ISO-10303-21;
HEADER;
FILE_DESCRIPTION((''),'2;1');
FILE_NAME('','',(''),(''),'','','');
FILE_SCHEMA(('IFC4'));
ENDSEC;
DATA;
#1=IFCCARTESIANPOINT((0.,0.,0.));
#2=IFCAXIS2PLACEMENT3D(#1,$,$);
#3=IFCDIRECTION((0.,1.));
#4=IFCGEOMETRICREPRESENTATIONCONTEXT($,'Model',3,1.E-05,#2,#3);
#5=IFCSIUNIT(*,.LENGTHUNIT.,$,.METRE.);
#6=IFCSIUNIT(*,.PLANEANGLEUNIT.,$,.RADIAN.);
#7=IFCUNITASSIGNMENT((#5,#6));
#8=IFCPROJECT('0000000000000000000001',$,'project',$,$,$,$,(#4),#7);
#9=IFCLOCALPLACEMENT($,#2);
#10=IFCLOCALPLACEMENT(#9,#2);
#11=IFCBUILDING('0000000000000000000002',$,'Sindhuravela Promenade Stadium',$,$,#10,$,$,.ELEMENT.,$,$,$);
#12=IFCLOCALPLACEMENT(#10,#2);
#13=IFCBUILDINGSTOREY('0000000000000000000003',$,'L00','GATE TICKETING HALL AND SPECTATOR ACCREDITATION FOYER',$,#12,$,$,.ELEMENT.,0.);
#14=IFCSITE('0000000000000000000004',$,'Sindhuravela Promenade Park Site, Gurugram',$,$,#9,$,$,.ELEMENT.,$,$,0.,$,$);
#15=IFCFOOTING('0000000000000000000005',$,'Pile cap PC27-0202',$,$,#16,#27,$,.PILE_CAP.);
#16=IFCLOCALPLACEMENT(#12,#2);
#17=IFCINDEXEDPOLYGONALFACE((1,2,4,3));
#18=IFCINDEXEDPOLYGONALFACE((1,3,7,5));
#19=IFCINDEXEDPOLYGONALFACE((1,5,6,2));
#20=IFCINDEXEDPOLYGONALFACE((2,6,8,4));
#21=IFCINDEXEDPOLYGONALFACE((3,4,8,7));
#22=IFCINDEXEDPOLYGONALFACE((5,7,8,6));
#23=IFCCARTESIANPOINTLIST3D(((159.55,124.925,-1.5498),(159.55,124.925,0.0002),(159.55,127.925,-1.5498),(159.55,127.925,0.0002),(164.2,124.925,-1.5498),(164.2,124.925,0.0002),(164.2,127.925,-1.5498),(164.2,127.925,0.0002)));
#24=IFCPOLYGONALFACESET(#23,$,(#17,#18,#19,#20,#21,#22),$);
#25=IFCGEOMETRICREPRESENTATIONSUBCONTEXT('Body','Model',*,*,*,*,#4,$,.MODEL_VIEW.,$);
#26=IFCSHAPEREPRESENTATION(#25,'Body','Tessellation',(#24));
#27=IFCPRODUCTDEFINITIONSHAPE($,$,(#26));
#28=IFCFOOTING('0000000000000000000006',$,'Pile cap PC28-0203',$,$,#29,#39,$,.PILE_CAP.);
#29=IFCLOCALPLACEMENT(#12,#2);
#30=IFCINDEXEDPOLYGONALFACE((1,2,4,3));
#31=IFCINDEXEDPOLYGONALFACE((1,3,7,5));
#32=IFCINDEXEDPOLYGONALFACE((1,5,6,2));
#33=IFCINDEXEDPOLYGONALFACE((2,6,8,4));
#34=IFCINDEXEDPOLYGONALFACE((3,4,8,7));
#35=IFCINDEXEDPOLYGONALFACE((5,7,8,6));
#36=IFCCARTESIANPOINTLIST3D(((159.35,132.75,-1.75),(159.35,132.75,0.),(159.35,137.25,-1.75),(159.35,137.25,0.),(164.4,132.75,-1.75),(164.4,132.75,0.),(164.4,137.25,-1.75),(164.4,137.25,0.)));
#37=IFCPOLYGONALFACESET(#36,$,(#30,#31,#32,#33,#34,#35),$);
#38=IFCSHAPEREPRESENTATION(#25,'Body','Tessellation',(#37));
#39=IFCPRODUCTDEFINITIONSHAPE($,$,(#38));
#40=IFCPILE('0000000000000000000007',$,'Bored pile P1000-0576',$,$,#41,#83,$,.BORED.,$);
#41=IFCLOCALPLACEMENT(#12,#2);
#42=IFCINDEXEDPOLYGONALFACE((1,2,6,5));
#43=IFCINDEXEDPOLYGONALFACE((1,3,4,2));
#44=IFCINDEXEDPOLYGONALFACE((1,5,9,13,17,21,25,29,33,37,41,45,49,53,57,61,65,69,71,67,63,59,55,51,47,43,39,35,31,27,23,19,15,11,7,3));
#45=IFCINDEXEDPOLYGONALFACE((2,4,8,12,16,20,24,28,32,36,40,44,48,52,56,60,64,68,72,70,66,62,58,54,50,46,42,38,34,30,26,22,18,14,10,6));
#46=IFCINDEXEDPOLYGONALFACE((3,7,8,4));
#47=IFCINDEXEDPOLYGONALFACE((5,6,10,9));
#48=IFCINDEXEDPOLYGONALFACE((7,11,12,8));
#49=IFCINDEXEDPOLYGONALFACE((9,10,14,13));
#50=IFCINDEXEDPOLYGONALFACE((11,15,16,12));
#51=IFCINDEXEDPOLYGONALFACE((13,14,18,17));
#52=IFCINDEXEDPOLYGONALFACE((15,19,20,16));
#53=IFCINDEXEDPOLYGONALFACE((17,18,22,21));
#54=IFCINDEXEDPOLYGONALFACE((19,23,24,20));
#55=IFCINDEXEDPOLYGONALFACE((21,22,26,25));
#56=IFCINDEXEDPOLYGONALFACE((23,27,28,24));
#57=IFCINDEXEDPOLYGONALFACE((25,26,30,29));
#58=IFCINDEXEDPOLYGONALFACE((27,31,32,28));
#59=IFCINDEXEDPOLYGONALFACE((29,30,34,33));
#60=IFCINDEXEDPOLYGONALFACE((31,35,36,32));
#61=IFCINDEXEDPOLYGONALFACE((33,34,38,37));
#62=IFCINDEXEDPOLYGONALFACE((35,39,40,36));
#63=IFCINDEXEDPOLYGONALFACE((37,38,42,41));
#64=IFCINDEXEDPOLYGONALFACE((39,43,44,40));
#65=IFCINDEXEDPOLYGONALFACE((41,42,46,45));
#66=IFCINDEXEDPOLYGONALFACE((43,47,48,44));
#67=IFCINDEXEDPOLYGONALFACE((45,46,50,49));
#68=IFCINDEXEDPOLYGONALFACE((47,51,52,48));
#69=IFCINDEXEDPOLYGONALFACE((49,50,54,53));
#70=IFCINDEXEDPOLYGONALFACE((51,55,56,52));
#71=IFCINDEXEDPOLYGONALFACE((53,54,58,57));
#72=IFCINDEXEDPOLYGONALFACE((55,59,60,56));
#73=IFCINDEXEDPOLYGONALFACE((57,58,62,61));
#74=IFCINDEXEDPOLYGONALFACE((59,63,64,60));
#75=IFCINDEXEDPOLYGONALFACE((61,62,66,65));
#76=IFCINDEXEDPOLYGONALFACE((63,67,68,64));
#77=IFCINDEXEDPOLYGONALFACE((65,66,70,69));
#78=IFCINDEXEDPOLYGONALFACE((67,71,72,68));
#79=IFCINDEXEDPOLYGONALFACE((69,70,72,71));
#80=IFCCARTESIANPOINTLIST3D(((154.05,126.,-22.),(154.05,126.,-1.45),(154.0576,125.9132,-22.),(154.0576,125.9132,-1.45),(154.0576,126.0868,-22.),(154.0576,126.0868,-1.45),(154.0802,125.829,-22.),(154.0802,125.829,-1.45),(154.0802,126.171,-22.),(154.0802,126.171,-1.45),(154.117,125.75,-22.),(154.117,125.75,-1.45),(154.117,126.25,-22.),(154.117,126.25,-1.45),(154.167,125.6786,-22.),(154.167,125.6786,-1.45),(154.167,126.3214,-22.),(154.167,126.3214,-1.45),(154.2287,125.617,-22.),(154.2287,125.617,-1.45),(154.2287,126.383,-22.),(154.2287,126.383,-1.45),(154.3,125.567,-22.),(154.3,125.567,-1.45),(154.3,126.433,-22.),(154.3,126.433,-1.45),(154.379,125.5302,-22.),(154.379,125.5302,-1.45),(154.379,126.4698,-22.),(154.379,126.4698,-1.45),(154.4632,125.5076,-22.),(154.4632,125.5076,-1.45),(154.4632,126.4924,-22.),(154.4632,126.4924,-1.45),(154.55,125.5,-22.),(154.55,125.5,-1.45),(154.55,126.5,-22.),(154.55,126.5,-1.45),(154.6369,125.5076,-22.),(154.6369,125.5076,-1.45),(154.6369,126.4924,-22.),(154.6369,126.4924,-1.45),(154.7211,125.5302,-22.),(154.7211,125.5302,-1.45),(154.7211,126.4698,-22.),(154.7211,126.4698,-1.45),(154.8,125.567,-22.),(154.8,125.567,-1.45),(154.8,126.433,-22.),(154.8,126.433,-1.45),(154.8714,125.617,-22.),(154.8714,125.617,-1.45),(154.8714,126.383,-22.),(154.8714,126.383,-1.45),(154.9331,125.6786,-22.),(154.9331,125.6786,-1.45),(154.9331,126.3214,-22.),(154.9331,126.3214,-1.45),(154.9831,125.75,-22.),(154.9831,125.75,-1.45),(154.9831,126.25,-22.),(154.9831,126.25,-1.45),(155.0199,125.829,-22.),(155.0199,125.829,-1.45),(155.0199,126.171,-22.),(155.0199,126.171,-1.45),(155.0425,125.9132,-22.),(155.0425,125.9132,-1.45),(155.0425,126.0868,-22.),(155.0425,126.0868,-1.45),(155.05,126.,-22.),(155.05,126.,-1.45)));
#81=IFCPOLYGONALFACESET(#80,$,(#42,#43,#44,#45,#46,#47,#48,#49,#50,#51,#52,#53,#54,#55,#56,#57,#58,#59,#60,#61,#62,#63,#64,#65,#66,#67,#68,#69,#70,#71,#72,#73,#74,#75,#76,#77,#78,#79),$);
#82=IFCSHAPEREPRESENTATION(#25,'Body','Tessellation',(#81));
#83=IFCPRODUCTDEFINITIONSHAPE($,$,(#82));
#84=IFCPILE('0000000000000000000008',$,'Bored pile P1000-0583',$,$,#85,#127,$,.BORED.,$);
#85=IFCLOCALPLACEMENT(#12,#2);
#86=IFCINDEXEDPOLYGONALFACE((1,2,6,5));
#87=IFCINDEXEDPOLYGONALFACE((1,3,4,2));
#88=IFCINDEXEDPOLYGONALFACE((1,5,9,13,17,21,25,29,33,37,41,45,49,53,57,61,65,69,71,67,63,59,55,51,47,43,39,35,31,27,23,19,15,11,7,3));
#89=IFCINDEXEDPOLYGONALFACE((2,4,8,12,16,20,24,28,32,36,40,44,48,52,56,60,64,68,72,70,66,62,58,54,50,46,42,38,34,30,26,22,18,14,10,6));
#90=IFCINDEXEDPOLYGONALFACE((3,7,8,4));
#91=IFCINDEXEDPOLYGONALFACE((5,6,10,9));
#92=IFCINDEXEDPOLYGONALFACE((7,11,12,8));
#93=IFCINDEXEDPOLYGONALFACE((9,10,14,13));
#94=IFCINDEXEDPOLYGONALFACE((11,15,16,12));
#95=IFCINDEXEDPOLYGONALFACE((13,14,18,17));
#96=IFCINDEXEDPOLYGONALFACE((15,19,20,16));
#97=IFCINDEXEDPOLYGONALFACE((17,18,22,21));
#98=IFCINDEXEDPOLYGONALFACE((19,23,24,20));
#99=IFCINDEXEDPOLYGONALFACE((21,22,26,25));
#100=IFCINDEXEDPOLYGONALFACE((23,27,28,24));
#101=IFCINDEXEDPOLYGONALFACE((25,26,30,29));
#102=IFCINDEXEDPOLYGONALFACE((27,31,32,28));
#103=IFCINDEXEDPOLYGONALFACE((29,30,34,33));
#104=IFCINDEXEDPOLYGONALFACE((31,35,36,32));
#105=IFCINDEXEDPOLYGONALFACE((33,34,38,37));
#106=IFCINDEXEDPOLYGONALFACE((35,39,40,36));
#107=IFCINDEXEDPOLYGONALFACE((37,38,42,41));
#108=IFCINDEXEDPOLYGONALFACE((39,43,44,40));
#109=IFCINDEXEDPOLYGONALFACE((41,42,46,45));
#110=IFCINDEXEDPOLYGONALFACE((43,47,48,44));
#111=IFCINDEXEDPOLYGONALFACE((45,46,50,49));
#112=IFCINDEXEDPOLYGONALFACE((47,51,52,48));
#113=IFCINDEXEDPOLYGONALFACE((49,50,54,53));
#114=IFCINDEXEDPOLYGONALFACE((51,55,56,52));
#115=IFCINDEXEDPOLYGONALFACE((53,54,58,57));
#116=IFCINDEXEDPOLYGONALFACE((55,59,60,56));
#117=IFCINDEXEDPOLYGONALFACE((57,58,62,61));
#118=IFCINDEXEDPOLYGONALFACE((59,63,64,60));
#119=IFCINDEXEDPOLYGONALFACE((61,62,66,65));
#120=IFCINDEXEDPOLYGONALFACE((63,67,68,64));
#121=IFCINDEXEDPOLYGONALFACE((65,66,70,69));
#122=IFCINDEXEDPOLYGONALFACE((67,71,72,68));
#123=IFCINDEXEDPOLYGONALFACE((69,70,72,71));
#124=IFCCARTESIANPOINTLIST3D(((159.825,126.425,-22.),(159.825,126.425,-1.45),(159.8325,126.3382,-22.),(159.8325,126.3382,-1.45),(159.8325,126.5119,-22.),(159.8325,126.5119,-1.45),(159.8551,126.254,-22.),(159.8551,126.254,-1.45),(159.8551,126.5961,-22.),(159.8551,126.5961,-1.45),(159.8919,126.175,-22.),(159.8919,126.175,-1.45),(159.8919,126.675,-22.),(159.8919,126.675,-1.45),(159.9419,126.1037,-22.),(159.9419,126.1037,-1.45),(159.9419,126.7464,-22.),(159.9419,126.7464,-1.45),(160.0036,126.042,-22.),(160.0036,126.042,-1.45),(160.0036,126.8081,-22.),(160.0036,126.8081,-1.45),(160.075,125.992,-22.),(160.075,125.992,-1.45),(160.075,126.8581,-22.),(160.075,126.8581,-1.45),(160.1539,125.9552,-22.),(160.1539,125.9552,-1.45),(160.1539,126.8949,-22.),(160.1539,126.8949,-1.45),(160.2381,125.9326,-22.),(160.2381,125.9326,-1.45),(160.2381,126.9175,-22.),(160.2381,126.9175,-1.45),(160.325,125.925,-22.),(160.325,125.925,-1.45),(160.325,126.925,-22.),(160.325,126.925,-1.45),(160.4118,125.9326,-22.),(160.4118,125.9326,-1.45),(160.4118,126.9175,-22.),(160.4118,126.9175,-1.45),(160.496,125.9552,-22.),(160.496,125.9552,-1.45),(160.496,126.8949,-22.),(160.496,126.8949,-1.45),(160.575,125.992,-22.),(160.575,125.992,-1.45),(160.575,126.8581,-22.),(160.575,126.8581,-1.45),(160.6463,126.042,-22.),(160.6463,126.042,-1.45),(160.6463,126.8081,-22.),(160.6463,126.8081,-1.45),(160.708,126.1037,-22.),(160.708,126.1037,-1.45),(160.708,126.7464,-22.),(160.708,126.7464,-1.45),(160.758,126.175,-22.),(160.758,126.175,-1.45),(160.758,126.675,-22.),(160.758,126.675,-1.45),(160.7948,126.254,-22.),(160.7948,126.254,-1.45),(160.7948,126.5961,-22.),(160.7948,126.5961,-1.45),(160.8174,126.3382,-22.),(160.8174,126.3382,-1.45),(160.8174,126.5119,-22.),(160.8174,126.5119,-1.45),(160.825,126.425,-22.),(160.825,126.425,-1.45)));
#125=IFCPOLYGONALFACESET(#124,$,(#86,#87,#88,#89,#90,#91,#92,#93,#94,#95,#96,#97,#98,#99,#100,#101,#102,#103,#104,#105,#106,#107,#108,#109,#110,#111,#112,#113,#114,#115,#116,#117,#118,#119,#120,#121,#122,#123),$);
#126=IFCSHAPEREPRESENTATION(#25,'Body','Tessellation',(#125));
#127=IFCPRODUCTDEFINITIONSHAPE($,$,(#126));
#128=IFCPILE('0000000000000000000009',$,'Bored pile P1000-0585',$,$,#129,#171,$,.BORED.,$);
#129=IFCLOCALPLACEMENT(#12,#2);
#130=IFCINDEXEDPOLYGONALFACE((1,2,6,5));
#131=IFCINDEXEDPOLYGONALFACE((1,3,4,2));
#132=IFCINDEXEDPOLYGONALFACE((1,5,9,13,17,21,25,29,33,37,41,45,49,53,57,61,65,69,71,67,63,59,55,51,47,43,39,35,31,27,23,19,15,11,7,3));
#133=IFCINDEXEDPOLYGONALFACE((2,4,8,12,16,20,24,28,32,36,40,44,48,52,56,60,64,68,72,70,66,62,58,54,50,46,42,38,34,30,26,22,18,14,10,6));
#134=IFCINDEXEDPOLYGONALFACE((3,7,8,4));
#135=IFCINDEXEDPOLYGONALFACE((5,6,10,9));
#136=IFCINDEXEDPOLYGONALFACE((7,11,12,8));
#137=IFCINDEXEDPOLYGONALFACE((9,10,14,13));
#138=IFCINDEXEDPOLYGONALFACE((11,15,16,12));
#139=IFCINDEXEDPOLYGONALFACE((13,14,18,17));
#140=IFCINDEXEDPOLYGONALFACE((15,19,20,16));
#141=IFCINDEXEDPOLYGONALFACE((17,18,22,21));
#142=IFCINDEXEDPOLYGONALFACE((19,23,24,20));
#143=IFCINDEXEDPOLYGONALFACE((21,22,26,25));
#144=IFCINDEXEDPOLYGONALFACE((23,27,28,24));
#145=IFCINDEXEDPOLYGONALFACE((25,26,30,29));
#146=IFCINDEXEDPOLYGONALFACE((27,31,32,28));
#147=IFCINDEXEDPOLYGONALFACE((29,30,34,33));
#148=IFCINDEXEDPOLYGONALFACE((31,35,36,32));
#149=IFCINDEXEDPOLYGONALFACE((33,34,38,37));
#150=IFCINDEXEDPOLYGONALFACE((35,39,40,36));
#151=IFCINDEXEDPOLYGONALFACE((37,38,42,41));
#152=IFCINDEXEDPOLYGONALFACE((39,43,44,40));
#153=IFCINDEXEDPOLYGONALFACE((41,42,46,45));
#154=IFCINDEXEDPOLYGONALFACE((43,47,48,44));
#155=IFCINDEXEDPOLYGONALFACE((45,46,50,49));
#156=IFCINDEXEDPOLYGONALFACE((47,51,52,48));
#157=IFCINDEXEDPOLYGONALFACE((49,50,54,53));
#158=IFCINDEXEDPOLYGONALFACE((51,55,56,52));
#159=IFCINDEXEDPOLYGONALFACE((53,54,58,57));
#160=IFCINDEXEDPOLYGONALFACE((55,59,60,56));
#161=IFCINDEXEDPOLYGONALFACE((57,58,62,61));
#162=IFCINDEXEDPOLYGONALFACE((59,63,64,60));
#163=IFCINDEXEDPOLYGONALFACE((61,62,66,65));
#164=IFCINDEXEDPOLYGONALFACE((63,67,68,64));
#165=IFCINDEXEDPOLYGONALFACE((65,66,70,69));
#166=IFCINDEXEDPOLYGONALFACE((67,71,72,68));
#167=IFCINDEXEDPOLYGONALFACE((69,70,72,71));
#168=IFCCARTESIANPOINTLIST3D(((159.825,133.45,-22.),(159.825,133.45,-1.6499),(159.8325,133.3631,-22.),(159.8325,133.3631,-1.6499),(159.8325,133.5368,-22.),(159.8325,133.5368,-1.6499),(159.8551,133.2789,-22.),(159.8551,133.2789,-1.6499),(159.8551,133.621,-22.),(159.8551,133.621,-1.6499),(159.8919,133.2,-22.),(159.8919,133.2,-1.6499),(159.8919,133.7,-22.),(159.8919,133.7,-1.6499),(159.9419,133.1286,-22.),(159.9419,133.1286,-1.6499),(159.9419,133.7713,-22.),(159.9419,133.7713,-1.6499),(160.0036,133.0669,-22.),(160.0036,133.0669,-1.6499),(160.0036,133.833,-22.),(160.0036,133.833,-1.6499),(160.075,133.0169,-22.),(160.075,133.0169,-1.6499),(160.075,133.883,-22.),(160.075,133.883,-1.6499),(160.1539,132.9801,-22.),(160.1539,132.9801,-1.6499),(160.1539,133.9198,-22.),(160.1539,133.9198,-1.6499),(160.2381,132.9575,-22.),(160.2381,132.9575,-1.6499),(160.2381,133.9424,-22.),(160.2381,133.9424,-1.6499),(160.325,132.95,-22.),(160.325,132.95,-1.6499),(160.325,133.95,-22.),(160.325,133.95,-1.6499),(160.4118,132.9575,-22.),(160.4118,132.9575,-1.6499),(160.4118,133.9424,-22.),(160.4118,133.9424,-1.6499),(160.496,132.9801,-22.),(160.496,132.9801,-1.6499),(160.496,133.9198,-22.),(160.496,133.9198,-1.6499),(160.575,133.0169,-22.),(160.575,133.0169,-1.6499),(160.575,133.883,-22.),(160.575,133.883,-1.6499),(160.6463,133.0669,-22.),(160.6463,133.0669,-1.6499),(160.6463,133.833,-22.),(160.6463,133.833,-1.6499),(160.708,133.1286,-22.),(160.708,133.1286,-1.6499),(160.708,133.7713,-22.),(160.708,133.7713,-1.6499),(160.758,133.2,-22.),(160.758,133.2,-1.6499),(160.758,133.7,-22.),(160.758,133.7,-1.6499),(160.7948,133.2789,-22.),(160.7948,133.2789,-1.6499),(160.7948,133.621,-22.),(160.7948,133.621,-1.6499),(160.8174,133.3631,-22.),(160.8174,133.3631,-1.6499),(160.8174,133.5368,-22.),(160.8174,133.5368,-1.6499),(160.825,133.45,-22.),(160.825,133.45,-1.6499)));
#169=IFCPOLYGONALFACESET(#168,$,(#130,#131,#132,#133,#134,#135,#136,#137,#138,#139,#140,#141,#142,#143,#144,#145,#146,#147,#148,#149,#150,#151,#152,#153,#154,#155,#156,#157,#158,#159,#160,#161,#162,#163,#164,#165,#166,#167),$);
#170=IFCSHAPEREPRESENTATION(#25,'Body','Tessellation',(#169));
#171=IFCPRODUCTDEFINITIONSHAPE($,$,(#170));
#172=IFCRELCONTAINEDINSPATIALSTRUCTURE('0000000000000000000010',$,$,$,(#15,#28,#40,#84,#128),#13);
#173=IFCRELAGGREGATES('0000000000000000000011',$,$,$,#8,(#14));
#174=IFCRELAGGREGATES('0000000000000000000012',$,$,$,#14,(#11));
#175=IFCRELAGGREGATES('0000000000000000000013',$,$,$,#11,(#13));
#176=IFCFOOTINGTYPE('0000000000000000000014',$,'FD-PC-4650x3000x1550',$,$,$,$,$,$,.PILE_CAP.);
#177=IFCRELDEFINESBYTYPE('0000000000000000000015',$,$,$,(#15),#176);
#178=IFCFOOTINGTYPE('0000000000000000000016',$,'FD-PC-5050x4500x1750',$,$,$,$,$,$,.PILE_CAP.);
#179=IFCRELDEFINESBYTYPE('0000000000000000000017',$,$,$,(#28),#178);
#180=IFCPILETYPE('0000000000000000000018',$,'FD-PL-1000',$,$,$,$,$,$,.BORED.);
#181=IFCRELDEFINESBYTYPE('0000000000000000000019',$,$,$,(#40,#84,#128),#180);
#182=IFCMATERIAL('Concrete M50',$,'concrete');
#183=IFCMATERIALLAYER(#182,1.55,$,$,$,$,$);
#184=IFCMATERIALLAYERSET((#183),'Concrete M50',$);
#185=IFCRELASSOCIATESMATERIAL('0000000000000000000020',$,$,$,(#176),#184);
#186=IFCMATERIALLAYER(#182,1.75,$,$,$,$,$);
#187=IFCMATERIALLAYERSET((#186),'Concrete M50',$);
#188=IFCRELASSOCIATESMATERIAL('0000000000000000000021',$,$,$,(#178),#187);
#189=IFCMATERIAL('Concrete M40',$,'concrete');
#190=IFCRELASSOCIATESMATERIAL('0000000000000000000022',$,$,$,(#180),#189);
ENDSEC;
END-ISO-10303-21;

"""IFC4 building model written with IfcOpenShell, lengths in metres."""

from ifc_helpers import new_model, si_unit, direction, frame, origin, origin_2d, place, context, subcontext, project, spatial, rectangle, circle, extrude, material, layer, layer_set, material_profile, profile_set, type_object, element, save


model = new_model("IFC4")

# Units and contexts
model_context = context("Model", 3, precision=1e-05, world=origin(), true_north=direction((0.0, 1.0)))
body_context = subcontext(model_context, "Body", "Model", "MODEL_VIEW")
ifc_project = project(units=[si_unit("LENGTHUNIT", "METRE"), si_unit("PLANEANGLEUNIT", "RADIAN")], contexts=[model_context])

# Site, building, storey
site_placement = place(None, origin())
site = spatial("IfcSite", under=ifc_project, at=site_placement, Name="Sindhuravela Promenade Park Site, Gurugram", CompositionType="ELEMENT", RefElevation=0.0)
building_placement = place(site_placement, origin())
building = spatial("IfcBuilding", under=site, at=building_placement, Name="Sindhuravela Promenade Stadium", CompositionType="ELEMENT")
storey_placement = place(building_placement, origin())
storey = spatial("IfcBuildingStorey", under=building, at=storey_placement, Name="L00", Description="GATE TICKETING HALL AND SPECTATOR ACCREDITATION FOYER", CompositionType="ELEMENT", Elevation=0.0)

# Footings
ifc_material_1 = material(Name="Concrete M50", Category="concrete")
ifc_layer_1 = layer(ifc_material_1, 1.55)
ifc_layer_set_1 = layer_set([ifc_layer_1], Name="Concrete M50")
footing_type_1 = type_object("IfcFootingType", Name="FD-PC-4650x3000x1550", PredefinedType="PILE_CAP", material=ifc_layer_set_1)
footing_1_placement = place(storey_placement, frame((161.875, 126.425, -1.5498), z_axis=(0.0, 0.0, 1.0), x_axis=(1.0, 0.0, 0.0)))
element("IfcFooting", 1, at=footing_1_placement, inside=storey, type_object=footing_type_1, Name="Pile cap PC27-0202", PredefinedType="PILE_CAP", context=body_context, shape_type="SweptSolid", body=[
    extrude(rectangle(XDim=4.6499, YDim=3.0, at=origin_2d()), origin(), (0.0, 0.0, 1.0), 1.55),
])
ifc_layer_2 = layer(ifc_material_1, 1.75)
ifc_layer_set_2 = layer_set([ifc_layer_2], Name="Concrete M50")
footing_type_2 = type_object("IfcFootingType", Name="FD-PC-5050x4500x1750", PredefinedType="PILE_CAP", material=ifc_layer_set_2)
footing_2_placement = place(storey_placement, frame((161.875, 135.0, -1.75), z_axis=(0.0, 0.0, 1.0), x_axis=(1.0, 0.0, 0.0)))
element("IfcFooting", 2, at=footing_2_placement, inside=storey, type_object=footing_type_2, Name="Pile cap PC28-0203", PredefinedType="PILE_CAP", context=body_context, shape_type="SweptSolid", body=[
    extrude(rectangle(XDim=5.05, YDim=4.5, at=origin_2d()), origin(), (0.0, 0.0, 1.0), 1.75),
])

# Piles
ifc_material_2 = material(Name="Concrete M40", Category="concrete")
ifc_material_profile_1 = material_profile(ifc_material_2, circle(Radius=0.5, at=origin_2d()), Name="BORED PILE D1000")
ifc_profile_set_1 = profile_set([ifc_material_profile_1], Name="Concrete M40")
pile_type = type_object("IfcPileType", Name="FD-PL-1000", PredefinedType="BORED", material=ifc_profile_set_1)
for number, where, z_axis, x_axis, name in (
    (3, (154.55, 126.0, -1.45), (0.0, 0.0, -1.0), (1.0, 0.0, 0.0), "Bored pile P1000-0576"),
    (4, (160.325, 126.425, -1.45), (0.0, 0.0, -1.0), (1.0, 0.0, 0.0), "Bored pile P1000-0583"),
):
    element("IfcPile", number, at=place(storey_placement, frame(where, z_axis=z_axis, x_axis=x_axis)), inside=storey, type_object=pile_type, Name=name, PredefinedType="BORED", context=body_context, shape_type="SweptSolid", body=[
        extrude(circle(Radius=0.5, at=origin_2d()), origin(), (0.0, 0.0, 1.0), 20.55),
    ])
for number, where, z_axis, x_axis, name in (
    (5, (160.325, 133.45, -1.6499), (0.0, 0.0, -1.0), (1.0, 0.0, 0.0), "Bored pile P1000-0585"),
):
    element("IfcPile", number, at=place(storey_placement, frame(where, z_axis=z_axis, x_axis=x_axis)), inside=storey, type_object=pile_type, Name=name, PredefinedType="BORED", context=body_context, shape_type="SweptSolid", body=[
        extrude(circle(Radius=0.5, at=origin_2d()), origin(), (0.0, 0.0, 1.0), 20.3501),
    ])

save(model, "model.ifc")
